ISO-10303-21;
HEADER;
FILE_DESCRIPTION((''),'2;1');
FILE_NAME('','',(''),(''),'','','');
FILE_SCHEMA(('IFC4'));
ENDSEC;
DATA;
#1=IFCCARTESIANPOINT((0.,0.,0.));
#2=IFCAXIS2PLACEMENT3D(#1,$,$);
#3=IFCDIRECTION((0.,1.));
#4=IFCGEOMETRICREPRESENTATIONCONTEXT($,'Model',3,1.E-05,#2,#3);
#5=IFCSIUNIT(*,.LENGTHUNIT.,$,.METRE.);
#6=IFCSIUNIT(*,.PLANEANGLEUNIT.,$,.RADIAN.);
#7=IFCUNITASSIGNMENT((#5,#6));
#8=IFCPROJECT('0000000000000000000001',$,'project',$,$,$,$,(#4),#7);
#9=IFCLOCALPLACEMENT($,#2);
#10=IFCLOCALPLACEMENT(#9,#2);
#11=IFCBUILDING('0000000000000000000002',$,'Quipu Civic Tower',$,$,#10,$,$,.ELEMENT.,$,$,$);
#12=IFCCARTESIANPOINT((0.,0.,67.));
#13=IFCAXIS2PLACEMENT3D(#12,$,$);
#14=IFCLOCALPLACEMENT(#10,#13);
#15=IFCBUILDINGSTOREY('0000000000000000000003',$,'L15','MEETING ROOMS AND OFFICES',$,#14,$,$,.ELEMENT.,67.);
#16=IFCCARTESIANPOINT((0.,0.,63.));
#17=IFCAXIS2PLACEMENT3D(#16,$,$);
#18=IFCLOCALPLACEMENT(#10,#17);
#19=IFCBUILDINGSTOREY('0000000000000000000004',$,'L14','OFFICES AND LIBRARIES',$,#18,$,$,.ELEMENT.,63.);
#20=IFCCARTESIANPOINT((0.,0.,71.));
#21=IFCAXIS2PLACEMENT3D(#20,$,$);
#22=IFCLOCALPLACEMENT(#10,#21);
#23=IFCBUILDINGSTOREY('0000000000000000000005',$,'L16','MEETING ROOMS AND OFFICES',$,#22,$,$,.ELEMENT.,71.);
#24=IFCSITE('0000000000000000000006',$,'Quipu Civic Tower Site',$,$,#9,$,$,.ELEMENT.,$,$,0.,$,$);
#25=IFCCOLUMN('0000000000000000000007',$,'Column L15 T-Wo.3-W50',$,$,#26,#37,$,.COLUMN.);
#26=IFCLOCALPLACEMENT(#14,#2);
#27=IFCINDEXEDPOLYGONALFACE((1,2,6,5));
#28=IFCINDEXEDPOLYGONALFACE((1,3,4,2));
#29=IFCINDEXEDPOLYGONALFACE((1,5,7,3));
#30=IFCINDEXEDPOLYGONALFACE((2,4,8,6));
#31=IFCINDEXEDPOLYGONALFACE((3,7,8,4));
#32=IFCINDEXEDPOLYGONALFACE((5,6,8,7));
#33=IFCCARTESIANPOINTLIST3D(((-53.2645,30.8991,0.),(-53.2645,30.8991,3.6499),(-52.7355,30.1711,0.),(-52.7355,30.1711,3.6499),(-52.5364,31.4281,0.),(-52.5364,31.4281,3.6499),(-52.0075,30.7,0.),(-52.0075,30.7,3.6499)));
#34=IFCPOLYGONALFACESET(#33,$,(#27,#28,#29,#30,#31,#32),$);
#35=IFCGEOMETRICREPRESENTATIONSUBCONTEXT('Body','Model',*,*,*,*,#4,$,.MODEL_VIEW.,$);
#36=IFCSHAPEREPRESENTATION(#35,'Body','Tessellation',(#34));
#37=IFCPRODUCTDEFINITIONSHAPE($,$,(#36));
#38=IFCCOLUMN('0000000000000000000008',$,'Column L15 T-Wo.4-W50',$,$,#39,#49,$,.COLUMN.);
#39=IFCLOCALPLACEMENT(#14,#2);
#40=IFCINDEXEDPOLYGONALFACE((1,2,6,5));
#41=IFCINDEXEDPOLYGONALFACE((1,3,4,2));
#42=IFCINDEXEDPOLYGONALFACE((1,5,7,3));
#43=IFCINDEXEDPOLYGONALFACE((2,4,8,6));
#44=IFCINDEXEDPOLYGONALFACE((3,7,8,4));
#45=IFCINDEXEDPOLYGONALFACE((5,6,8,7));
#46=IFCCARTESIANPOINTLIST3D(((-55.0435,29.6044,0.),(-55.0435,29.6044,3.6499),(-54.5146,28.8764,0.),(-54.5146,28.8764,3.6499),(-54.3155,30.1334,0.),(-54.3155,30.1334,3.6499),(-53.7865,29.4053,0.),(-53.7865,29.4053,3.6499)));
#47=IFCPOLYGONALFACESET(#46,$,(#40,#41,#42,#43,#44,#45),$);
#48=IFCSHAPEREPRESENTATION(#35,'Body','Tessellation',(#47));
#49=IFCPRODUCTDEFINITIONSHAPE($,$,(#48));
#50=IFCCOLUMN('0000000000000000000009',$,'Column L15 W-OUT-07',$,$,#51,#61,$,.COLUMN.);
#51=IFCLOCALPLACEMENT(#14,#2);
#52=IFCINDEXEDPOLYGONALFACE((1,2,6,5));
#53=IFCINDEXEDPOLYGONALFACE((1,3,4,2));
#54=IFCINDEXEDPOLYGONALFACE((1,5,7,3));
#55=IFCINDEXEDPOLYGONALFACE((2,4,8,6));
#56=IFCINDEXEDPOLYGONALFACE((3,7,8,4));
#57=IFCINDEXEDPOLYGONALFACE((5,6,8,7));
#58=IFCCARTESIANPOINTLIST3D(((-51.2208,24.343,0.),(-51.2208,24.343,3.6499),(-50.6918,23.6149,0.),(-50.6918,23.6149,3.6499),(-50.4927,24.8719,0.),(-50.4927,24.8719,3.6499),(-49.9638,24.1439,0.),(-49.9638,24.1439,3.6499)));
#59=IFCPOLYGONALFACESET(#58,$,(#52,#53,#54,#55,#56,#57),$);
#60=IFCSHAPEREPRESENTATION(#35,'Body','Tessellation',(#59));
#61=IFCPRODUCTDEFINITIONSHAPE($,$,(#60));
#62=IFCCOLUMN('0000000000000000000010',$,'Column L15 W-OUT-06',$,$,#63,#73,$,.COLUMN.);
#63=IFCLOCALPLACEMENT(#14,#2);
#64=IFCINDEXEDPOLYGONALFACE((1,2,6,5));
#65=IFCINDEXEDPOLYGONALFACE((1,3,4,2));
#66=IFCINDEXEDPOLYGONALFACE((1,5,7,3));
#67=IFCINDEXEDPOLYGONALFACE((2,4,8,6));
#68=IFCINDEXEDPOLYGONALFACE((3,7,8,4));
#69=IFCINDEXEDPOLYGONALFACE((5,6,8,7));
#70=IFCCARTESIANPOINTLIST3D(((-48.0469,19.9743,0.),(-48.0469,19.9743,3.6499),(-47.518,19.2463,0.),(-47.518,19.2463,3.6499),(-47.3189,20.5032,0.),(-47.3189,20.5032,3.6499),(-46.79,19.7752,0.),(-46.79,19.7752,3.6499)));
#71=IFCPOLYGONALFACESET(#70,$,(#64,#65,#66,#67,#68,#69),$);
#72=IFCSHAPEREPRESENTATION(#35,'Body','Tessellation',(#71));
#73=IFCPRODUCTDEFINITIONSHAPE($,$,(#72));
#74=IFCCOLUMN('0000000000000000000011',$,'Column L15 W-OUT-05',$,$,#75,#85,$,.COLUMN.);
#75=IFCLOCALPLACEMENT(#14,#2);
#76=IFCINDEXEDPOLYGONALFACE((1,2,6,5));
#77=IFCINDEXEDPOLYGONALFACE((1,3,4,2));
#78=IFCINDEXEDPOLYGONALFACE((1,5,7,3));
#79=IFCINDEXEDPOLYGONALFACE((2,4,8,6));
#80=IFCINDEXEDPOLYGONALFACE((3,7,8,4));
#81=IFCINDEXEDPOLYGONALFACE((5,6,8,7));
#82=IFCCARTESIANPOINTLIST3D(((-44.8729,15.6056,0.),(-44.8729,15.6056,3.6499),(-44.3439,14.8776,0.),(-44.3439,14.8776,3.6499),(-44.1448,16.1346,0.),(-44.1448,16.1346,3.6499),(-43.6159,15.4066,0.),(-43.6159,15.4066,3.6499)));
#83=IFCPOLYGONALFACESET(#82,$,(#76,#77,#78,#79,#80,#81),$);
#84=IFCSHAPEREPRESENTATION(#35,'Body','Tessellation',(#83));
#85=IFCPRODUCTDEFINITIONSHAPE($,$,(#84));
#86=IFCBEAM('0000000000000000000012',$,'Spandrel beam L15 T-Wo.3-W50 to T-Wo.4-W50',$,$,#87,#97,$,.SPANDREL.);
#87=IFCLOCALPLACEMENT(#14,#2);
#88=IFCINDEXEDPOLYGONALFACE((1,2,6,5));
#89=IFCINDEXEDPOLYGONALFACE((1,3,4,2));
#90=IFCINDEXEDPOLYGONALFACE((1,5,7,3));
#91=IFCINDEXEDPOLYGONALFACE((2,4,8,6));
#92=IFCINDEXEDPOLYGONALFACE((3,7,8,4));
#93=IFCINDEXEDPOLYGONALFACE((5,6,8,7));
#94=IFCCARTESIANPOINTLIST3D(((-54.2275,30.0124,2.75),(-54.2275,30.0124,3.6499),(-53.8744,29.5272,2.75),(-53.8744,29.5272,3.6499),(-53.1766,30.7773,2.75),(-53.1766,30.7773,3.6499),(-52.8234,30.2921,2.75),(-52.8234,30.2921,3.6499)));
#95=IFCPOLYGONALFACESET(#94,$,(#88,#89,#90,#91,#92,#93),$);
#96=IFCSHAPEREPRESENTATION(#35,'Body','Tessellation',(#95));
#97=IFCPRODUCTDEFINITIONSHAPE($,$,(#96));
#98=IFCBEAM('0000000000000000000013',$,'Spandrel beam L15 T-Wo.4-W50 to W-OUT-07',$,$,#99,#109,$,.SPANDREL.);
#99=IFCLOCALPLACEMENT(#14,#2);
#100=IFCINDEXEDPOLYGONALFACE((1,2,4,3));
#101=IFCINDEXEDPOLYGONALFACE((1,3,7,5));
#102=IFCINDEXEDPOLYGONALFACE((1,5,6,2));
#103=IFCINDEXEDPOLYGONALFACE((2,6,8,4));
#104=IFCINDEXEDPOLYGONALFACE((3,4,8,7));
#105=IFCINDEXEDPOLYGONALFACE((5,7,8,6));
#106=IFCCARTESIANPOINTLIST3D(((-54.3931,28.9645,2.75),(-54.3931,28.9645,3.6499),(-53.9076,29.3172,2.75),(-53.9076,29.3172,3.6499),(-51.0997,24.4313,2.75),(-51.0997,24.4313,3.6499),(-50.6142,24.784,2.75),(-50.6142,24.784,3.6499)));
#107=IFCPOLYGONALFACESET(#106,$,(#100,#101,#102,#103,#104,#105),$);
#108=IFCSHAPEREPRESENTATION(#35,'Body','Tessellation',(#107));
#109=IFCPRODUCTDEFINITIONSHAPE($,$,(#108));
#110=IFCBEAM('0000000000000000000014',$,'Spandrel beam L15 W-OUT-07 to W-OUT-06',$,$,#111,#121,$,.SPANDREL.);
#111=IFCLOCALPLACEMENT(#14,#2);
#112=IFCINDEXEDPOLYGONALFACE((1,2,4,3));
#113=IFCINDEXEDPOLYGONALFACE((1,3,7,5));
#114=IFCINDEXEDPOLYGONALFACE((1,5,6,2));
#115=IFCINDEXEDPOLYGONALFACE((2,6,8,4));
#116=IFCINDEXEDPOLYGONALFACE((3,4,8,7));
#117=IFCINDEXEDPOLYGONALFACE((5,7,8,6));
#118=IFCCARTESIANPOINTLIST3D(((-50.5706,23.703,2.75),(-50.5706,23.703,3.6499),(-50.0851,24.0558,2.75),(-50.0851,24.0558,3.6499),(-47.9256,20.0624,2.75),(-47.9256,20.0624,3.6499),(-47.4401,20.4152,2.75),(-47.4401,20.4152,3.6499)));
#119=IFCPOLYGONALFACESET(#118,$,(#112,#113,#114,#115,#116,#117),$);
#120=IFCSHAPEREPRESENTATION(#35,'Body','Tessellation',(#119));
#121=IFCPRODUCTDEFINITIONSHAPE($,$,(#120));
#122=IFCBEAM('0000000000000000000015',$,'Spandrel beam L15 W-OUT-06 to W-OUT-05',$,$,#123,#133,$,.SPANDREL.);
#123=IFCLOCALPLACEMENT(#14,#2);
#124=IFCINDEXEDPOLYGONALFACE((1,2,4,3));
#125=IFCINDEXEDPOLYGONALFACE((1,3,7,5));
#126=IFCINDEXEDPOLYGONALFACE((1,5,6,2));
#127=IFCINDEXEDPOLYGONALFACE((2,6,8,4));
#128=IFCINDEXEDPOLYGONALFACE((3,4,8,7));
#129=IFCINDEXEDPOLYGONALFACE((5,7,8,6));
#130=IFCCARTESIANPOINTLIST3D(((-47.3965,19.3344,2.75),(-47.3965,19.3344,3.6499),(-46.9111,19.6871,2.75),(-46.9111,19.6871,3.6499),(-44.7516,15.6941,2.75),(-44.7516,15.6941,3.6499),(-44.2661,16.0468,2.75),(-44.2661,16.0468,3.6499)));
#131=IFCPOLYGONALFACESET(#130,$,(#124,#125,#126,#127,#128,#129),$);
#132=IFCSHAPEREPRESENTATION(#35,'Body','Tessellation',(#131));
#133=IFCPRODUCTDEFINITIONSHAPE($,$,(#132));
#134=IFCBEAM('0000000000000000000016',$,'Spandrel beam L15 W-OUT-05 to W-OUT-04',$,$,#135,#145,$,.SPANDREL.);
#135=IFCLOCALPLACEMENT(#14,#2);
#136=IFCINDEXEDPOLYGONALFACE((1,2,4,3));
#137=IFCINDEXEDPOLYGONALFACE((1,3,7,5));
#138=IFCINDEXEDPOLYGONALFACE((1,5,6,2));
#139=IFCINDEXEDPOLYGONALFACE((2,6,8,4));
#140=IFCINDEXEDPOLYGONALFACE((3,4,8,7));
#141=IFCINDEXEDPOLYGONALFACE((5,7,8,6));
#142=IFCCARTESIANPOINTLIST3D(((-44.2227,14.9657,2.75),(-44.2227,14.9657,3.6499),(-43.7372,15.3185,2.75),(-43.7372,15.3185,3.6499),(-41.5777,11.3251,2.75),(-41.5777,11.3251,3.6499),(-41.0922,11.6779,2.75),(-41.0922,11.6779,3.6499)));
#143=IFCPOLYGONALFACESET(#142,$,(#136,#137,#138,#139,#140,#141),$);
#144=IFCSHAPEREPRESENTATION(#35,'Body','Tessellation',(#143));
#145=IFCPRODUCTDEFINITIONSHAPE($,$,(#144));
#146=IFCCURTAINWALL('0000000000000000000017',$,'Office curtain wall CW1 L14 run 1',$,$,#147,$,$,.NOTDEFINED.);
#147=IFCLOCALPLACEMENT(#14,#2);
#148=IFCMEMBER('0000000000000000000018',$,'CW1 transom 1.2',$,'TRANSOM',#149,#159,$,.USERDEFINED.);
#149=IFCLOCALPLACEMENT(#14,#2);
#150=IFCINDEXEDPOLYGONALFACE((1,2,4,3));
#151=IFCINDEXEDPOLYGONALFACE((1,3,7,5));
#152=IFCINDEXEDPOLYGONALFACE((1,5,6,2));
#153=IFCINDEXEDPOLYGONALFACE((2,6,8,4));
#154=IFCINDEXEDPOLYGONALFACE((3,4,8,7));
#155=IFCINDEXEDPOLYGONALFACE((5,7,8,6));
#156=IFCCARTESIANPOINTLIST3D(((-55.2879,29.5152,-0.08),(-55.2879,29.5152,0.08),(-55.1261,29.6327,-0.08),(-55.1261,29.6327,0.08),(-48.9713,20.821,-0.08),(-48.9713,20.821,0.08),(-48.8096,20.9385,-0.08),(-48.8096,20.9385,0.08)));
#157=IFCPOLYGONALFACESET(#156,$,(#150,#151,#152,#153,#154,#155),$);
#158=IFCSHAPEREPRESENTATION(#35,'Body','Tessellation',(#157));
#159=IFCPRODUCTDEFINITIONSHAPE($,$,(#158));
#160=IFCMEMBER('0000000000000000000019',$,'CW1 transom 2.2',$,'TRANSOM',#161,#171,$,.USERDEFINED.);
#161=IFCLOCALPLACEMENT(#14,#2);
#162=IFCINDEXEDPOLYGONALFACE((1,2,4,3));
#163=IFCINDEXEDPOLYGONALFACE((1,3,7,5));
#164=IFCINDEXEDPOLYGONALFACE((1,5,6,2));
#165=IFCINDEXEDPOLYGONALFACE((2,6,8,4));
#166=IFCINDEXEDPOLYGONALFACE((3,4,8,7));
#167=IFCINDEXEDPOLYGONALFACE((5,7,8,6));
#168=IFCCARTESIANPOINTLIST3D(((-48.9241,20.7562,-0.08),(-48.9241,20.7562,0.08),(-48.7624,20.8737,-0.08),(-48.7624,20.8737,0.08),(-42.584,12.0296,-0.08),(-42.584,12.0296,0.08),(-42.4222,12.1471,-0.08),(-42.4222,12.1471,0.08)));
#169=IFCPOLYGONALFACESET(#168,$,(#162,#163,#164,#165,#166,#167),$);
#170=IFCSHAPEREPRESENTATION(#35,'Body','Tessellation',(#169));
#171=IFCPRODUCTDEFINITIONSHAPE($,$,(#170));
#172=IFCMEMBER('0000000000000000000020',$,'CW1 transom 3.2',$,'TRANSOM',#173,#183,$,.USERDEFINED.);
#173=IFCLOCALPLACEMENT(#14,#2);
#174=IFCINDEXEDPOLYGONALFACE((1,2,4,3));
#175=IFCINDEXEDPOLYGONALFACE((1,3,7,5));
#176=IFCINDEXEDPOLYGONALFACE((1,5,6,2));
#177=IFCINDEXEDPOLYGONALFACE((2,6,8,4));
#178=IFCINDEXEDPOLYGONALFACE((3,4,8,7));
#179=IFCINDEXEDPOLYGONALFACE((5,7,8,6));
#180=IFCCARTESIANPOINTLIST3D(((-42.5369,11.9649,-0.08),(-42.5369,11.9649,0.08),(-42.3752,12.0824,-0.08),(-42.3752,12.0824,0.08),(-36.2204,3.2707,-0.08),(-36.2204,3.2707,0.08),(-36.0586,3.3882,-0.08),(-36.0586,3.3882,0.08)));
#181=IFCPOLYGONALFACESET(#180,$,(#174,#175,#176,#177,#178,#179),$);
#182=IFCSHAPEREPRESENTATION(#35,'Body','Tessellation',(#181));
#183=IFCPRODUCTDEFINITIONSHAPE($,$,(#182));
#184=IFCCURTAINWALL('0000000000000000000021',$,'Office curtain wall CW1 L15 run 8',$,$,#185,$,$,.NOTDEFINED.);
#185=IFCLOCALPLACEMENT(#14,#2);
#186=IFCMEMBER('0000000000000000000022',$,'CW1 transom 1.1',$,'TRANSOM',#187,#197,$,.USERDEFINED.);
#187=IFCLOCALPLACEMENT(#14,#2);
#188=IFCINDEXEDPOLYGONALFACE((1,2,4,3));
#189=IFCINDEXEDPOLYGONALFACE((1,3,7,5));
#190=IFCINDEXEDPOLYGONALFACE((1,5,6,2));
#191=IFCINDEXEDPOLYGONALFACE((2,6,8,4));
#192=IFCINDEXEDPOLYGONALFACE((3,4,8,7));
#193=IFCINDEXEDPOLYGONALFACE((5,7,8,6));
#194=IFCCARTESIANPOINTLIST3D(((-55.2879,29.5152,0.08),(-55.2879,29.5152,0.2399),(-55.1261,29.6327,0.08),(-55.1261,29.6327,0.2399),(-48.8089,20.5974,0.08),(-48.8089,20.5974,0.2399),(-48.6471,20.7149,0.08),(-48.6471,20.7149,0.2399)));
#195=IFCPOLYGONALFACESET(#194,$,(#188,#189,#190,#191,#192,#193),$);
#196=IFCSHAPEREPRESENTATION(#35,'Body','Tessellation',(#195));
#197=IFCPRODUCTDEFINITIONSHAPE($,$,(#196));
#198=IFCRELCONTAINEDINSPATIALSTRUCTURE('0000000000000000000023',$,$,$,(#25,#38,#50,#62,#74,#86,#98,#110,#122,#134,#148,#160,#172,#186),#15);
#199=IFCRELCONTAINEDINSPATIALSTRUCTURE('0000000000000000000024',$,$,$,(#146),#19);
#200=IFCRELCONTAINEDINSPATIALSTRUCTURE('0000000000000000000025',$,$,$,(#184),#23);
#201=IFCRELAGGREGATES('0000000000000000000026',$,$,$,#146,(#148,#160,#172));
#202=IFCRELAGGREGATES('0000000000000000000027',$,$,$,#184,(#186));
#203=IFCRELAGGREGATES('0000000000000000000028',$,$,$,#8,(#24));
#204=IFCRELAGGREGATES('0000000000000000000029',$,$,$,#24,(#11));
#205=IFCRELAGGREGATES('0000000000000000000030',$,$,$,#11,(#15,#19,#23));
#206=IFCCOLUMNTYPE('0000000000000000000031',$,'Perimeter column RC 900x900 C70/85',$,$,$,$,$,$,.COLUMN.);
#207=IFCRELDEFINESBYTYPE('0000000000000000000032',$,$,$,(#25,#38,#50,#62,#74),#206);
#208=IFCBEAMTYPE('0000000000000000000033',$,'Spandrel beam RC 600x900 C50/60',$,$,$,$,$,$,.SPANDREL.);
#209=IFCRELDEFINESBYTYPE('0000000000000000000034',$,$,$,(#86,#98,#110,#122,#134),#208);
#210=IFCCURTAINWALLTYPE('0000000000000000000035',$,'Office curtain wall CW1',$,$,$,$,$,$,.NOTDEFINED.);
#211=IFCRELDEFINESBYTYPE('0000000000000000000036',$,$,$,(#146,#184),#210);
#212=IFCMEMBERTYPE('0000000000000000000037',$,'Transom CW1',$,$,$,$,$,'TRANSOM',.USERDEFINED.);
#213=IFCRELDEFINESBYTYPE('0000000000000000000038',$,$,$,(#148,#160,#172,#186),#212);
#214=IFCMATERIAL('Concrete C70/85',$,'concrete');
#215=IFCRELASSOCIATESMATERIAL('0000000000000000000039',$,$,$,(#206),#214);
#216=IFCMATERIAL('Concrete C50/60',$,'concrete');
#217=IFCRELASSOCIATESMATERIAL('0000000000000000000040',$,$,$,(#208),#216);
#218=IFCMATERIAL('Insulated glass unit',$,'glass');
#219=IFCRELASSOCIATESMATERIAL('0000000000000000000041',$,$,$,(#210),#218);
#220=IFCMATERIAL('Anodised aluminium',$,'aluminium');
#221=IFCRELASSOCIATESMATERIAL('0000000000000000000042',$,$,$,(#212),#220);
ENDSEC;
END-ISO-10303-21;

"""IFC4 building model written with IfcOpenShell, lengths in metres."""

from ifc_helpers import new_model, si_unit, direction, frame, origin, origin_2d, place, context, subcontext, project, spatial, rectangle, extrude, material, material_profile, profile_set, type_object, element, aggregate, save


model = new_model("IFC4")

# Units and contexts
model_context = context("Model", 3, precision=1e-05, world=origin(), true_north=direction((0.0, 1.0)))
body_context = subcontext(model_context, "Body", "Model", "MODEL_VIEW")
ifc_project = project(units=[si_unit("LENGTHUNIT", "METRE"), si_unit("PLANEANGLEUNIT", "RADIAN")], contexts=[model_context])

# Site, building, storey
site_placement = place(None, origin())
site = spatial("IfcSite", under=ifc_project, at=site_placement, Name="Quipu Civic Tower Site", CompositionType="ELEMENT", RefElevation=0.0)
building_placement = place(site_placement, origin())
building = spatial("IfcBuilding", under=site, at=building_placement, Name="Quipu Civic Tower", CompositionType="ELEMENT")
storey_1_placement = place(building_placement, frame((0.0, 0.0, 67.0)))
storey_1 = spatial("IfcBuildingStorey", under=building, at=storey_1_placement, Name="L15", Description="MEETING ROOMS AND OFFICES", CompositionType="ELEMENT", Elevation=67.0)

# Columns
ifc_material_1 = material(Name="Concrete C70/85", Category="concrete")
ifc_material_profile_1 = material_profile(ifc_material_1, rectangle(XDim=0.8999, YDim=0.8999, at=origin_2d()), Name="RC900x900")
ifc_profile_set_1 = profile_set([ifc_material_profile_1], Name="Concrete C70/85")
column_type = type_object("IfcColumnType", Name="Perimeter column RC 900x900 C70/85", PredefinedType="COLUMN", material=ifc_profile_set_1)
for number, where, z_axis, x_axis, name in (
    (1, (-52.636, 30.7996, 0.0), (0.0, 0.0, 1.0), (-0.809017, -0.587785, 0.0), "Column L15 T-Wo.3-W50"),
    (2, (-54.415, 29.5049, 0.0), (0.0, 0.0, 1.0), (0.587785, -0.809017, 0.0), "Column L15 T-Wo.4-W50"),
    (3, (-50.5923, 24.2434, 0.0), (0.0, 0.0, 1.0), (0.587785, -0.809017, 0.0), "Column L15 W-OUT-07"),
    (4, (-47.4185, 19.8748, 0.0), (0.0, 0.0, 1.0), (0.587785, -0.809017, 0.0), "Column L15 W-OUT-06"),
    (5, (-44.2444, 15.5061, 0.0), (0.0, 0.0, 1.0), (0.587785, -0.809017, 0.0), "Column L15 W-OUT-05"),
):
    element("IfcColumn", number, at=place(storey_1_placement, frame(where, z_axis=z_axis, x_axis=x_axis)), inside=storey_1, type_object=column_type, Name=name, PredefinedType="COLUMN", context=body_context, shape_type="SweptSolid", body=[
        extrude(rectangle(XDim=0.8999, YDim=0.8999, at=origin_2d()), origin(), (0.0, 0.0, 1.0), 3.6499),
    ])

# Beams
ifc_material_2 = material(Name="Concrete C50/60", Category="concrete")
ifc_material_profile_2 = material_profile(ifc_material_2, rectangle(XDim=0.6001, YDim=0.8999, at=origin_2d()), Name="RC600x900")
ifc_profile_set_2 = profile_set([ifc_material_profile_2], Name="Concrete C50/60")
beam_type = type_object("IfcBeamType", Name="Spandrel beam RC 600x900 C50/60", PredefinedType="SPANDREL", material=ifc_profile_set_2)
beam_1_placement = place(storey_1_placement, frame((-53.0, 30.5347, 3.2), z_axis=(-0.808549, -0.588429, 0.0), x_axis=(0.588429, -0.808549, 0.0)))
element("IfcBeam", 6, at=beam_1_placement, inside=storey_1, type_object=beam_type, Name="Spandrel beam L15 T-Wo.3-W50 to T-Wo.4-W50", PredefinedType="SPANDREL", context=body_context, shape_type="SweptSolid", body=[
    extrude(rectangle(XDim=0.6001, YDim=0.8999, at=origin_2d()), origin(), (0.0, 0.0, 1.0), 1.2998),
])
beam_2_placement = place(storey_1_placement, frame((-54.1504, 29.1409, 3.2), z_axis=(0.587773, -0.809026, 0.0), x_axis=(0.809026, 0.587773, 0.0)))
element("IfcBeam", 7, at=beam_2_placement, inside=storey_1, type_object=beam_type, Name="Spandrel beam L15 T-Wo.4-W50 to W-OUT-07", PredefinedType="SPANDREL", context=body_context, shape_type="SweptSolid", body=[
    extrude(rectangle(XDim=0.6001, YDim=0.8999, at=origin_2d()), origin(), (0.0, 0.0, 1.0), 5.6033),
])
beam_3_placement = place(storey_1_placement, frame((-50.3279, 23.8794, 3.2), z_axis=(0.587778, -0.809022, 0.0), x_axis=(0.809022, 0.587778, 0.0)))
element("IfcBeam", 8, at=beam_3_placement, inside=storey_1, type_object=beam_type, Name="Spandrel beam L15 W-OUT-07 to W-OUT-06", PredefinedType="SPANDREL", context=body_context, shape_type="SweptSolid", body=[
    extrude(rectangle(XDim=0.6001, YDim=0.8999, at=origin_2d()), origin(), (0.0, 0.0, 1.0), 4.5),
])
beam_4_placement = place(storey_1_placement, frame((-47.1538, 19.5107, 3.2), z_axis=(0.587804, -0.809003, 0.0), x_axis=(0.809003, 0.587804, 0.0)))
element("IfcBeam", 9, at=beam_4_placement, inside=storey_1, type_object=beam_type, Name="Spandrel beam L15 W-OUT-06 to W-OUT-05", PredefinedType="SPANDREL", context=body_context, shape_type="SweptSolid", body=[
    extrude(rectangle(XDim=0.6001, YDim=0.8999, at=origin_2d()), origin(), (0.0, 0.0, 1.0), 4.4998),
])
beam_5_placement = place(storey_1_placement, frame((-43.98, 15.1421, 3.2), z_axis=(0.587778, -0.809022, 0.0), x_axis=(0.809022, 0.587778, 0.0)))
element("IfcBeam", 10, at=beam_5_placement, inside=storey_1, type_object=beam_type, Name="Spandrel beam L15 W-OUT-05 to W-OUT-04", PredefinedType="SPANDREL", context=body_context, shape_type="SweptSolid", body=[
    extrude(rectangle(XDim=0.6001, YDim=0.8999, at=origin_2d()), origin(), (0.0, 0.0, 1.0), 4.5),
])

# Shared definitions
storey_2_placement = place(building_placement, frame((0.0, 0.0, 63.0)))
storey_2 = spatial("IfcBuildingStorey", under=building, at=storey_2_placement, Name="L14", Description="OFFICES AND LIBRARIES", CompositionType="ELEMENT", Elevation=63.0)

# Curtain wall, members
ifc_material_3 = material(Name="Insulated glass unit", Category="glass")
curtain_wall_type = type_object("IfcCurtainWallType", Name="Office curtain wall CW1", PredefinedType="NOTDEFINED", material=ifc_material_3)
curtain_wall_1_placement = place(storey_2_placement, origin())
curtain_wall_1 = element("IfcCurtainWall", 11, at=curtain_wall_1_placement, inside=storey_2, type_object=curtain_wall_type, Name="Office curtain wall CW1 L14 run 1", PredefinedType="NOTDEFINED")
ifc_material_4 = material(Name="Anodised aluminium", Category="aluminium")
ifc_material_profile_3 = material_profile(ifc_material_4, rectangle(XDim=0.2, YDim=0.1599, at=origin_2d()), Name="RECT 200x160")
ifc_profile_set_3 = profile_set([ifc_material_profile_3], Name="Anodised aluminium")
member_type = type_object("IfcMemberType", Name="Transom CW1", ElementType="TRANSOM", PredefinedType="USERDEFINED", material=ifc_profile_set_3)
member_1_placement = place(storey_1_placement, frame((-55.207, 29.574, 0.0), z_axis=(0.587776, -0.809024, 0.0), x_axis=(0.809024, 0.587776, 0.0)))
member_1 = element("IfcMember", 12, at=member_1_placement, inside=storey_1, type_object=member_type, Name="CW1 transom 1.2", ObjectType="TRANSOM", PredefinedType="USERDEFINED", context=body_context, shape_type="SweptSolid", body=[
    extrude(rectangle(XDim=0.2, YDim=0.1599, at=origin_2d()), origin(), (0.0, 0.0, 1.0), 10.7466),
])
member_2_placement = place(storey_1_placement, frame((-48.8433, 20.8149, 0.0), z_axis=(0.587777, -0.809023, 0.0), x_axis=(0.809023, 0.587777, 0.0)))
member_2 = element("IfcMember", 13, at=member_2_placement, inside=storey_1, type_object=member_type, Name="CW1 transom 2.2", ObjectType="TRANSOM", PredefinedType="USERDEFINED", context=body_context, shape_type="SweptSolid", body=[
    extrude(rectangle(XDim=0.2, YDim=0.1599, at=origin_2d()), origin(), (0.0, 0.0, 1.0), 10.7866),
])
member_3_placement = place(storey_1_placement, frame((-42.4561, 12.0237, 0.0), z_axis=(0.587776, -0.809024, 0.0), x_axis=(0.809024, 0.587776, 0.0)))
member_3 = element("IfcMember", 14, at=member_3_placement, inside=storey_1, type_object=member_type, Name="CW1 transom 3.2", ObjectType="TRANSOM", PredefinedType="USERDEFINED", context=body_context, shape_type="SweptSolid", body=[
    extrude(rectangle(XDim=0.2, YDim=0.1599, at=origin_2d()), origin(), (0.0, 0.0, 1.0), 10.7466),
])
aggregate(curtain_wall_1, [member_1, member_2, member_3])

# Shared definitions
storey_3_placement = place(building_placement, frame((0.0, 0.0, 71.0)))
storey_3 = spatial("IfcBuildingStorey", under=building, at=storey_3_placement, Name="L16", Description="MEETING ROOMS AND OFFICES", CompositionType="ELEMENT", Elevation=71.0)

# Curtain wall, member
curtain_wall_2_placement = place(storey_3_placement, origin())
curtain_wall_2 = element("IfcCurtainWall", 15, at=curtain_wall_2_placement, inside=storey_3, type_object=curtain_wall_type, Name="Office curtain wall CW1 L15 run 8", PredefinedType="NOTDEFINED")
member_4_placement = place(storey_1_placement, frame((-55.207, 29.574, 0.1599), z_axis=(0.587779, -0.809021, 0.0), x_axis=(0.809021, 0.587779, 0.0)))
member_4 = element("IfcMember", 16, at=member_4_placement, inside=storey_1, type_object=member_type, Name="CW1 transom 1.1", ObjectType="TRANSOM", PredefinedType="USERDEFINED", context=body_context, shape_type="SweptSolid", body=[
    extrude(rectangle(XDim=0.2, YDim=0.1599, at=origin_2d()), origin(), (0.0, 0.0, 1.0), 11.0229),
])
aggregate(curtain_wall_2, [member_4])

save(model, "model.ifc")
